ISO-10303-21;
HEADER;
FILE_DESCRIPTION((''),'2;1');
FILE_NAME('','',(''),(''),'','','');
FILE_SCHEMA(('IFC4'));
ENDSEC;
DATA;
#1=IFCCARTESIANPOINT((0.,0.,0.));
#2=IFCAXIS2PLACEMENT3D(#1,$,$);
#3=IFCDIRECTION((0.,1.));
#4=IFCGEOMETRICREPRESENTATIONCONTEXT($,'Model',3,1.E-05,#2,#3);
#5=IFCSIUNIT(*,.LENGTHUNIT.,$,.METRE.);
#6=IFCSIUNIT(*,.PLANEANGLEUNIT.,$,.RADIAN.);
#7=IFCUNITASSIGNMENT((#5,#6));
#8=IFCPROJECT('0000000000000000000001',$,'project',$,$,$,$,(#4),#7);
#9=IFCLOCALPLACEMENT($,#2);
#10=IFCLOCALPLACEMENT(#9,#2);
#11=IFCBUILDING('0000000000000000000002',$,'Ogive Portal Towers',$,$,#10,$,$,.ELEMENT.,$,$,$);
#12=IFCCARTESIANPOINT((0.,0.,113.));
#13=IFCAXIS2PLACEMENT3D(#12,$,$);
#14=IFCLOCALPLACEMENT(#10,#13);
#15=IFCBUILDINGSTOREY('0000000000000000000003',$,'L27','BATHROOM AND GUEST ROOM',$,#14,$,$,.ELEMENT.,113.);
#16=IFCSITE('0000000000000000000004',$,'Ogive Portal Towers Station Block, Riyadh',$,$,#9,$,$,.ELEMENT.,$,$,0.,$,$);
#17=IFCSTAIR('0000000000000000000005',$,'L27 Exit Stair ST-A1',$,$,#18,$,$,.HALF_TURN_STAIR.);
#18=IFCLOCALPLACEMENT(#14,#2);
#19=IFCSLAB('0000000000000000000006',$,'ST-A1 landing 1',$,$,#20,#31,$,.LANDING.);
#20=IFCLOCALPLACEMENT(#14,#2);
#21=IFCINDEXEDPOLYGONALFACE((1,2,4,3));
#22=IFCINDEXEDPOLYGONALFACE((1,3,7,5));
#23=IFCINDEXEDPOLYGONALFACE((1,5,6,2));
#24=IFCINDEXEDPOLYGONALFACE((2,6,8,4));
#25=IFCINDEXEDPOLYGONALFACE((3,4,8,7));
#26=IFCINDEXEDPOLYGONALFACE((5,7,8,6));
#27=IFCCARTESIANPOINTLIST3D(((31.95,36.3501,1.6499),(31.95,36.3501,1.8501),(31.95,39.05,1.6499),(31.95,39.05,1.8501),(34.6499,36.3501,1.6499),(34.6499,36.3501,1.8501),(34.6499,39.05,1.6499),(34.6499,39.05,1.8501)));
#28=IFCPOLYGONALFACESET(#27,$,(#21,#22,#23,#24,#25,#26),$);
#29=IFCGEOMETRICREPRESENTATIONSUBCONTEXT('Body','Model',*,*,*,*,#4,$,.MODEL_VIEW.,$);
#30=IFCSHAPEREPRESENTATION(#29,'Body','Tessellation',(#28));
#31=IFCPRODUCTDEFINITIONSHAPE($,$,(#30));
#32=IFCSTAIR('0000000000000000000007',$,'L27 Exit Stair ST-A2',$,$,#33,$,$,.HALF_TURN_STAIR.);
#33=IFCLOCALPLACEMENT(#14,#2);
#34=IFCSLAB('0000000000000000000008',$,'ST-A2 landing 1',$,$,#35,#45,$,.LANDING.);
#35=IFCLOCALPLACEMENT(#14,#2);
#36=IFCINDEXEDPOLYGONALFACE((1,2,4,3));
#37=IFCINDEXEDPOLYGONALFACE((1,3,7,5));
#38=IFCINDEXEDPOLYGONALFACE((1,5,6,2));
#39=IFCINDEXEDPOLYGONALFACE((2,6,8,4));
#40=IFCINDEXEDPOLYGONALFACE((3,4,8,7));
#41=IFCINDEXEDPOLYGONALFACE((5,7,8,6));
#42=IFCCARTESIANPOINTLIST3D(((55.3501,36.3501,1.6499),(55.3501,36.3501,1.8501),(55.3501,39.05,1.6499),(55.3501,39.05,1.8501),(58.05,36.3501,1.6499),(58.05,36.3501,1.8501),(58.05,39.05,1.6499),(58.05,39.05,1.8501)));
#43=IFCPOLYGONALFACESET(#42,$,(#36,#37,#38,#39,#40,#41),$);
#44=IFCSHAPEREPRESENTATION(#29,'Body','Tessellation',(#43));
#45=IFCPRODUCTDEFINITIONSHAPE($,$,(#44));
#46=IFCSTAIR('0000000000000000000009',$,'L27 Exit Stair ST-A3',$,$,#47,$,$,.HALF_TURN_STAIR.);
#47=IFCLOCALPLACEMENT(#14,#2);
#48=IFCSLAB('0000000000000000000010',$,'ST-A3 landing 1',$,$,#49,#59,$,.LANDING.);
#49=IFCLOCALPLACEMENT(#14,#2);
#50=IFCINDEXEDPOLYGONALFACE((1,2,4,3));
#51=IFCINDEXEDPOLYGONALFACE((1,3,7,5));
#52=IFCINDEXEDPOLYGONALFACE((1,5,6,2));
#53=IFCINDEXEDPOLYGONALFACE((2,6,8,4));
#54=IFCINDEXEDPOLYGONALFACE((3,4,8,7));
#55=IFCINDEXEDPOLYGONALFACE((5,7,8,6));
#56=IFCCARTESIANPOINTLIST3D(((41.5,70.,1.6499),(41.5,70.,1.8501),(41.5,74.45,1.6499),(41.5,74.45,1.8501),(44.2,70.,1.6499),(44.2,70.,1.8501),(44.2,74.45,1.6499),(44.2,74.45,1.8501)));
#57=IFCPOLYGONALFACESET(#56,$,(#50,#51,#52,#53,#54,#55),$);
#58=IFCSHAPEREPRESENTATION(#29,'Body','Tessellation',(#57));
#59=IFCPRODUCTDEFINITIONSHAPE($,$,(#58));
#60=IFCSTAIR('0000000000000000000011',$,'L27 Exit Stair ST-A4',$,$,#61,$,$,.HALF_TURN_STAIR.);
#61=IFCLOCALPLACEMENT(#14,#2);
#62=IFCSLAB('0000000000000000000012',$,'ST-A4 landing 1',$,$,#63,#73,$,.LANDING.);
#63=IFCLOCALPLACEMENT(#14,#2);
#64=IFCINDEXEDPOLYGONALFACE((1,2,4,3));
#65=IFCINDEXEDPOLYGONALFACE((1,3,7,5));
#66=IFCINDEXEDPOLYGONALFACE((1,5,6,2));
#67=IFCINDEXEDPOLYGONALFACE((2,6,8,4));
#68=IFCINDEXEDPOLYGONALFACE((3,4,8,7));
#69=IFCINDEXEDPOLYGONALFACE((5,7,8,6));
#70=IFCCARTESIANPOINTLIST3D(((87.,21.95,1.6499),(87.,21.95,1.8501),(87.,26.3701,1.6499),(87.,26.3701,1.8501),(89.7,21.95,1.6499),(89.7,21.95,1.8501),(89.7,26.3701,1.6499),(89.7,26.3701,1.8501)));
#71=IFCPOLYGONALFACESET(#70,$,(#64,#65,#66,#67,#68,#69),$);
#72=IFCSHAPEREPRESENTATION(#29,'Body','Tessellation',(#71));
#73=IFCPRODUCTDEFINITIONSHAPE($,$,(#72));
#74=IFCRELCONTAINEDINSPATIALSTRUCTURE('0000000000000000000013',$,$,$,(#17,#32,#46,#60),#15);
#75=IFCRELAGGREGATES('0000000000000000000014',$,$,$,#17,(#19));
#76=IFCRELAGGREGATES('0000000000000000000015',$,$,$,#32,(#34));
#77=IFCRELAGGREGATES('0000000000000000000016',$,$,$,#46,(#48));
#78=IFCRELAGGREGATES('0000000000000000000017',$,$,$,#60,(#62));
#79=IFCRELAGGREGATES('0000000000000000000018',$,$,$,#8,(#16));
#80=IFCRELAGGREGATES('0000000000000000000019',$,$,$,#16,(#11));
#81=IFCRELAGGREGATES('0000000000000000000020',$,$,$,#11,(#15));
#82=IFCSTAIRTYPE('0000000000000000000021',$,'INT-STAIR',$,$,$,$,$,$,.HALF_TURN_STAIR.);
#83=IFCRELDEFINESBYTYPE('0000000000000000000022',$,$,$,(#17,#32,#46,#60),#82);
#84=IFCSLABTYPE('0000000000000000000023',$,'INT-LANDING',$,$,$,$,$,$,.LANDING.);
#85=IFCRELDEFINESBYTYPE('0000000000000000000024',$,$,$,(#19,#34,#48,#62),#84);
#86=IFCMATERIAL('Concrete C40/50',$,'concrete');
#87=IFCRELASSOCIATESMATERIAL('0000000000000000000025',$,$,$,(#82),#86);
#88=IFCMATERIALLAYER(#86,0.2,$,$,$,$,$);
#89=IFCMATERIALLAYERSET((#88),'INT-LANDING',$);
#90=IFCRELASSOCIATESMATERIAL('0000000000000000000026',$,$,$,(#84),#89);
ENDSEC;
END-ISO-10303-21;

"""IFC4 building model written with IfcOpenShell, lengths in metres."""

from ifc_helpers import new_model, si_unit, direction, frame, origin, place, context, subcontext, project, spatial, polyline, outline, extrude, material, layer, layer_set, type_object, element, aggregate, save


model = new_model("IFC4")

# Units and contexts
model_context = context("Model", 3, precision=1e-05, world=origin(), true_north=direction((0.0, 1.0)))
body_context = subcontext(model_context, "Body", "Model", "MODEL_VIEW")
ifc_project = project(units=[si_unit("LENGTHUNIT", "METRE"), si_unit("PLANEANGLEUNIT", "RADIAN")], contexts=[model_context])

# Site, building, storey
site_placement = place(None, origin())
site = spatial("IfcSite", under=ifc_project, at=site_placement, Name="Ogive Portal Towers Station Block, Riyadh", CompositionType="ELEMENT", RefElevation=0.0)
building_placement = place(site_placement, origin())
building = spatial("IfcBuilding", under=site, at=building_placement, Name="Ogive Portal Towers", CompositionType="ELEMENT")
storey_placement = place(building_placement, frame((0.0, 0.0, 113.0)))
storey = spatial("IfcBuildingStorey", under=building, at=storey_placement, Name="L27", Description="BATHROOM AND GUEST ROOM", CompositionType="ELEMENT", Elevation=113.0)

# Stairs, slabs
ifc_material_1 = material(Name="Concrete C40/50", Category="concrete")
stair_type = type_object("IfcStairType", Name="INT-STAIR", PredefinedType="HALF_TURN_STAIR", material=ifc_material_1)
stair_1_placement = place(storey_placement, origin())
stair_1 = element("IfcStair", 1, at=stair_1_placement, inside=storey, type_object=stair_type, Name="L27 Exit Stair ST-A1", PredefinedType="HALF_TURN_STAIR")
ifc_layer_1 = layer(ifc_material_1, 0.2)
ifc_layer_set_1 = layer_set([ifc_layer_1], Name="INT-LANDING")
slab_type_1 = type_object("IfcSlabType", Name="INT-LANDING", PredefinedType="LANDING", material=ifc_layer_set_1)
slab_1_placement = place(storey_placement, frame((0.0, 0.0, 1.6499)))
slab_1 = element("IfcSlab", 2, at=slab_1_placement, type_object=slab_type_1, Name="ST-A1 landing 1", PredefinedType="LANDING", context=body_context, shape_type="SweptSolid", body=[
    extrude(outline(polyline([(34.6499, 39.05), (31.95, 39.05), (31.95, 36.3501), (34.6499, 36.3501), (34.6499, 39.05)])), origin(), (0.0, 0.0, 1.0), 0.2002),
])
aggregate(stair_1, [slab_1])
stair_2_placement = place(storey_placement, origin())
stair_2 = element("IfcStair", 3, at=stair_2_placement, inside=storey, type_object=stair_type, Name="L27 Exit Stair ST-A2", PredefinedType="HALF_TURN_STAIR")
slab_2_placement = place(storey_placement, frame((0.0, 0.0, 1.6499)))
slab_2 = element("IfcSlab", 4, at=slab_2_placement, type_object=slab_type_1, Name="ST-A2 landing 1", PredefinedType="LANDING", context=body_context, shape_type="SweptSolid", body=[
    extrude(outline(polyline([(55.3501, 36.3501), (58.05, 36.3501), (58.05, 39.05), (55.3501, 39.05), (55.3501, 36.3501)])), origin(), (0.0, 0.0, 1.0), 0.2002),
])
aggregate(stair_2, [slab_2])
stair_3_placement = place(storey_placement, origin())
stair_3 = element("IfcStair", 5, at=stair_3_placement, inside=storey, type_object=stair_type, Name="L27 Exit Stair ST-A3", PredefinedType="HALF_TURN_STAIR")
slab_3_placement = place(storey_placement, frame((0.0, 0.0, 1.6499)))
slab_3 = element("IfcSlab", 6, at=slab_3_placement, type_object=slab_type_1, Name="ST-A3 landing 1", PredefinedType="LANDING", context=body_context, shape_type="SweptSolid", body=[
    extrude(outline(polyline([(44.2, 70.0), (44.2, 74.45), (41.5, 74.45), (41.5, 70.0), (44.2, 70.0)])), origin(), (0.0, 0.0, 1.0), 0.2002),
])
aggregate(stair_3, [slab_3])
stair_4_placement = place(storey_placement, origin())
stair_4 = element("IfcStair", 7, at=stair_4_placement, inside=storey, type_object=stair_type, Name="L27 Exit Stair ST-A4", PredefinedType="HALF_TURN_STAIR")
slab_4_placement = place(storey_placement, frame((0.0, 0.0, 1.6499)))
slab_4 = element("IfcSlab", 8, at=slab_4_placement, type_object=slab_type_1, Name="ST-A4 landing 1", PredefinedType="LANDING", context=body_context, shape_type="SweptSolid", body=[
    extrude(outline(polyline([(87.0, 26.3701), (87.0, 21.95), (89.7, 21.95), (89.7, 26.3701), (87.0, 26.3701)])), origin(), (0.0, 0.0, 1.0), 0.2002),
])
aggregate(stair_4, [slab_4])

save(model, "model.ifc")
